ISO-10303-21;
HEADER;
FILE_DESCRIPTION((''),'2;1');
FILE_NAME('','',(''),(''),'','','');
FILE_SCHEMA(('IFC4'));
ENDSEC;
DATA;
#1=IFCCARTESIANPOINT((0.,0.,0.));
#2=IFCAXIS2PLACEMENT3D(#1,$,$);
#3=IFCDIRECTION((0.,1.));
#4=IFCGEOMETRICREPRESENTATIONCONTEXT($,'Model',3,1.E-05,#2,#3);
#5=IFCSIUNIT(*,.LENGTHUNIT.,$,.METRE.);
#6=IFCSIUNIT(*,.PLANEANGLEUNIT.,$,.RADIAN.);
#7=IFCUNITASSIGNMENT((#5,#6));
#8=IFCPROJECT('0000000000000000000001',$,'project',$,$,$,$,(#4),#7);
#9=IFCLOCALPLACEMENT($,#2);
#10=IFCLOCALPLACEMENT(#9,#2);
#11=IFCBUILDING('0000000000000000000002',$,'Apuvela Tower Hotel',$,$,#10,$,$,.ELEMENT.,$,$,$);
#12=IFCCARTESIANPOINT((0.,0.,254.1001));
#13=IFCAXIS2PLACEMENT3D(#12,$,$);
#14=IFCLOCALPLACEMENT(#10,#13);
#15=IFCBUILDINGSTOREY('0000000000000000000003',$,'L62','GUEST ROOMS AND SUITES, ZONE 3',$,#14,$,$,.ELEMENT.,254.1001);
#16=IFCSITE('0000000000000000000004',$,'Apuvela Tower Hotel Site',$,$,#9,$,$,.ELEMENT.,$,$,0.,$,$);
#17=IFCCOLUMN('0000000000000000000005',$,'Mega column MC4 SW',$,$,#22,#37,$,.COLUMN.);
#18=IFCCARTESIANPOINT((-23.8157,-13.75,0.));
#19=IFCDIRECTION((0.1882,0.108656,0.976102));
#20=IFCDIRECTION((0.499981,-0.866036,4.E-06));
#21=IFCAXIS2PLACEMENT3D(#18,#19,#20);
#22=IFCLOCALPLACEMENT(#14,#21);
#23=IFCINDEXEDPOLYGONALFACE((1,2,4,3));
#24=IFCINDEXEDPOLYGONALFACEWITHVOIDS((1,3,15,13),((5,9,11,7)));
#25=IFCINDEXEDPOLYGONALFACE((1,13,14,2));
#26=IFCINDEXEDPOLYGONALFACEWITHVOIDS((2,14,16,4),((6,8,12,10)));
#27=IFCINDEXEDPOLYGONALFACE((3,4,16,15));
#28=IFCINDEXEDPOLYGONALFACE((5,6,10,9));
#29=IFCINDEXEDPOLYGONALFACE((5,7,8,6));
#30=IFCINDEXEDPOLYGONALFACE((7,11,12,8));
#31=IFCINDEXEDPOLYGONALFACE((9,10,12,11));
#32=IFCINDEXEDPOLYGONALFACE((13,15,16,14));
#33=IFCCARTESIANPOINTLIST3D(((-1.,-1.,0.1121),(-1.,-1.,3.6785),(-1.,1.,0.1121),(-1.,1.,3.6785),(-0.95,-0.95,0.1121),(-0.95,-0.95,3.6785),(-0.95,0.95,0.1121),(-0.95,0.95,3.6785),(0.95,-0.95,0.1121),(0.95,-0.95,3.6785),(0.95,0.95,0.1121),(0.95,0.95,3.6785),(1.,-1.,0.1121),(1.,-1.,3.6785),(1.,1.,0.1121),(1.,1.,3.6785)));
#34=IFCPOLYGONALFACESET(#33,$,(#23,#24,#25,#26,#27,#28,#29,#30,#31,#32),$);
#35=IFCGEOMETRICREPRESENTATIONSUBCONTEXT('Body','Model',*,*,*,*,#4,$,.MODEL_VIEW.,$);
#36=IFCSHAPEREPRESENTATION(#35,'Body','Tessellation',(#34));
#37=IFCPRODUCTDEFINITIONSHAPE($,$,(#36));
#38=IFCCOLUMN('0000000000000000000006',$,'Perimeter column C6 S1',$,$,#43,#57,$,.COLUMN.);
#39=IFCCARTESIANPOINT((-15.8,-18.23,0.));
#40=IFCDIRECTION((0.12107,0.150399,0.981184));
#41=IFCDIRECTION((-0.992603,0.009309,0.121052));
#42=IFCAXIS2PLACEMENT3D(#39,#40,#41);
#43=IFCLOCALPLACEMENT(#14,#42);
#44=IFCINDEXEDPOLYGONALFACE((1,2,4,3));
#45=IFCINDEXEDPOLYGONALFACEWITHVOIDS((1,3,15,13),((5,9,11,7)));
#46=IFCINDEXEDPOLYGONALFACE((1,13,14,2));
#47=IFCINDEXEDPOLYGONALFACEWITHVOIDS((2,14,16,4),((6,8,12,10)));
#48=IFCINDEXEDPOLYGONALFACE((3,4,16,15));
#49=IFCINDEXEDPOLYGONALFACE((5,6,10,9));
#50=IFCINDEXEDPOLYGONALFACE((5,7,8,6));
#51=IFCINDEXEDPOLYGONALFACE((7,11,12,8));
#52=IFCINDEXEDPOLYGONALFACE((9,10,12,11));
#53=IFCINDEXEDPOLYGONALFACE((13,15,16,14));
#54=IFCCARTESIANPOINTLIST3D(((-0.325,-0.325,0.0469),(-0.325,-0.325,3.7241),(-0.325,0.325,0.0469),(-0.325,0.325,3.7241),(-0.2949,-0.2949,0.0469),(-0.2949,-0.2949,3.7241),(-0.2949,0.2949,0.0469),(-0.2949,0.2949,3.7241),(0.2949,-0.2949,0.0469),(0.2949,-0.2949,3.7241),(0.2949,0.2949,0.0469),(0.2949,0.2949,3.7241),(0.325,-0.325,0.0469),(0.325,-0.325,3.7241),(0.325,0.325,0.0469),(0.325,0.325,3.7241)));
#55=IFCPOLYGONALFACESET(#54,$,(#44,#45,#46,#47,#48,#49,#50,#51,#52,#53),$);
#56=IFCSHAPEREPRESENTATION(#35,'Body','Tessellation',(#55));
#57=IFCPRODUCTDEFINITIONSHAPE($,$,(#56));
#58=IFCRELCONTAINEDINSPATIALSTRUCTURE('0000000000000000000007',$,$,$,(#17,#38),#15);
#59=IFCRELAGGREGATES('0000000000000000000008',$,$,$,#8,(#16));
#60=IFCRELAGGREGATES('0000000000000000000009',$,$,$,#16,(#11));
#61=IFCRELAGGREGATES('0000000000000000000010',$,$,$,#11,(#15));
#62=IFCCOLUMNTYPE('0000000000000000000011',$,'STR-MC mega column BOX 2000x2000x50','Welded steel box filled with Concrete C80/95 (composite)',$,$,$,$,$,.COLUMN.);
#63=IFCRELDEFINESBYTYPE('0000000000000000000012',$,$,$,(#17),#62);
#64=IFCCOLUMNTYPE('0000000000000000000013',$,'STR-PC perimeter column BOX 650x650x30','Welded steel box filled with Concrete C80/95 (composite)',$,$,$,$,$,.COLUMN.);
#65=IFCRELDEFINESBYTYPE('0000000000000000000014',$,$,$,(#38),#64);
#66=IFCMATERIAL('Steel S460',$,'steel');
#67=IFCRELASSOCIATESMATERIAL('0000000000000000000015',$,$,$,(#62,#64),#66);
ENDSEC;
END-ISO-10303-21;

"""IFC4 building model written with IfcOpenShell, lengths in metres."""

from ifc_helpers import new_model, si_unit, direction, frame, origin, origin_2d, place, context, subcontext, project, spatial, rectangle, hollow_rectangle, extrude, boolean, halfspace, material, material_profile, profile_set, type_object, element, save


model = new_model("IFC4")

# Units and contexts
model_context = context("Model", 3, precision=1e-05, world=origin(), true_north=direction((0.0, 1.0)))
body_context = subcontext(model_context, "Body", "Model", "MODEL_VIEW")
ifc_project = project(units=[si_unit("LENGTHUNIT", "METRE"), si_unit("PLANEANGLEUNIT", "RADIAN")], contexts=[model_context])

# Site, building, storey
site_placement = place(None, origin())
site = spatial("IfcSite", under=ifc_project, at=site_placement, Name="Apuvela Tower Hotel Site", CompositionType="ELEMENT", RefElevation=0.0)
building_placement = place(site_placement, origin())
building = spatial("IfcBuilding", under=site, at=building_placement, Name="Apuvela Tower Hotel", CompositionType="ELEMENT")
storey_placement = place(building_placement, frame((0.0, 0.0, 254.1001)))
storey = spatial("IfcBuildingStorey", under=building, at=storey_placement, Name="L62", Description="GUEST ROOMS AND SUITES, ZONE 3", CompositionType="ELEMENT", Elevation=254.1001)

# Columns
ifc_material_1 = material(Name="Steel S460", Category="steel")
ifc_material_profile_1 = material_profile(ifc_material_1, hollow_rectangle(XDim=2.0, YDim=2.0, WallThickness=0.05, at=origin_2d()), Name="BOX 2000x2000x50")
ifc_material_2 = material(Name="Concrete C80/95", Category="concrete")
ifc_material_profile_2 = material_profile(ifc_material_2, rectangle(XDim=1.8999, YDim=1.8999, at=origin_2d()), Name="Concrete C80/95 infill")
ifc_profile_set_1 = profile_set([ifc_material_profile_1, ifc_material_profile_2], Name="Steel S460")
column_type_1 = type_object("IfcColumnType", Name="STR-MC mega column BOX 2000x2000x50", Description="Welded steel box filled with Concrete C80/95 (composite)", PredefinedType="COLUMN", material=ifc_profile_set_1)
column_1_placement = place(storey_placement, frame((-23.8157, -13.75, 0.0), z_axis=(0.1882, 0.108656, 0.976102), x_axis=(0.499981, -0.866036, 0.000004)))
element("IfcColumn", 1, at=column_1_placement, inside=storey, type_object=column_type_1, Name="Mega column MC4 SW", PredefinedType="COLUMN", context=body_context, shape_type="SweptSolid", body=[
    boolean("DIFFERENCE", boolean("DIFFERENCE", extrude(hollow_rectangle(XDim=2.0, YDim=2.0, WallThickness=0.05, at=origin_2d()), origin(), (0.0, 0.0, 1.0), 3.7905), halfspace(frame((0.0, 0.0, 0.1121), z_axis=(0.0, 0.0, 1.0), x_axis=(1.0, 0.0, 0.0)), True)), halfspace(frame((0.0, 0.0, 3.6785), z_axis=(0.0, 0.0, 1.0), x_axis=(1.0, 0.0, 0.0)), False)),
])
ifc_material_profile_3 = material_profile(ifc_material_1, hollow_rectangle(XDim=0.6499, YDim=0.6499, WallThickness=0.03, at=origin_2d()), Name="BOX 650x650x30")
ifc_material_profile_4 = material_profile(ifc_material_2, rectangle(XDim=0.5901, YDim=0.5901, at=origin_2d()), Name="Concrete C80/95 infill")
ifc_profile_set_2 = profile_set([ifc_material_profile_3, ifc_material_profile_4], Name="Steel S460")
column_type_2 = type_object("IfcColumnType", Name="STR-PC perimeter column BOX 650x650x30", Description="Welded steel box filled with Concrete C80/95 (composite)", PredefinedType="COLUMN", material=ifc_profile_set_2)
column_2_placement = place(storey_placement, frame((-15.8, -18.23, 0.0), z_axis=(0.12107, 0.150399, 0.981184), x_axis=(-0.992603, 0.009309, 0.121052)))
element("IfcColumn", 2, at=column_2_placement, inside=storey, type_object=column_type_2, Name="Perimeter column C6 S1", PredefinedType="COLUMN", context=body_context, shape_type="SweptSolid", body=[
    boolean("DIFFERENCE", boolean("DIFFERENCE", extrude(hollow_rectangle(XDim=0.6499, YDim=0.6499, WallThickness=0.03, at=origin_2d()), origin(), (0.0, 0.0, 1.0), 3.771), halfspace(frame((0.0, 0.0, 0.0469), z_axis=(0.0, 0.0, 1.0), x_axis=(1.0, 0.0, 0.0)), True)), halfspace(frame((0.0, 0.0, 3.7241), z_axis=(0.0, 0.0, 1.0), x_axis=(1.0, 0.0, 0.0)), False)),
])

save(model, "model.ifc")
